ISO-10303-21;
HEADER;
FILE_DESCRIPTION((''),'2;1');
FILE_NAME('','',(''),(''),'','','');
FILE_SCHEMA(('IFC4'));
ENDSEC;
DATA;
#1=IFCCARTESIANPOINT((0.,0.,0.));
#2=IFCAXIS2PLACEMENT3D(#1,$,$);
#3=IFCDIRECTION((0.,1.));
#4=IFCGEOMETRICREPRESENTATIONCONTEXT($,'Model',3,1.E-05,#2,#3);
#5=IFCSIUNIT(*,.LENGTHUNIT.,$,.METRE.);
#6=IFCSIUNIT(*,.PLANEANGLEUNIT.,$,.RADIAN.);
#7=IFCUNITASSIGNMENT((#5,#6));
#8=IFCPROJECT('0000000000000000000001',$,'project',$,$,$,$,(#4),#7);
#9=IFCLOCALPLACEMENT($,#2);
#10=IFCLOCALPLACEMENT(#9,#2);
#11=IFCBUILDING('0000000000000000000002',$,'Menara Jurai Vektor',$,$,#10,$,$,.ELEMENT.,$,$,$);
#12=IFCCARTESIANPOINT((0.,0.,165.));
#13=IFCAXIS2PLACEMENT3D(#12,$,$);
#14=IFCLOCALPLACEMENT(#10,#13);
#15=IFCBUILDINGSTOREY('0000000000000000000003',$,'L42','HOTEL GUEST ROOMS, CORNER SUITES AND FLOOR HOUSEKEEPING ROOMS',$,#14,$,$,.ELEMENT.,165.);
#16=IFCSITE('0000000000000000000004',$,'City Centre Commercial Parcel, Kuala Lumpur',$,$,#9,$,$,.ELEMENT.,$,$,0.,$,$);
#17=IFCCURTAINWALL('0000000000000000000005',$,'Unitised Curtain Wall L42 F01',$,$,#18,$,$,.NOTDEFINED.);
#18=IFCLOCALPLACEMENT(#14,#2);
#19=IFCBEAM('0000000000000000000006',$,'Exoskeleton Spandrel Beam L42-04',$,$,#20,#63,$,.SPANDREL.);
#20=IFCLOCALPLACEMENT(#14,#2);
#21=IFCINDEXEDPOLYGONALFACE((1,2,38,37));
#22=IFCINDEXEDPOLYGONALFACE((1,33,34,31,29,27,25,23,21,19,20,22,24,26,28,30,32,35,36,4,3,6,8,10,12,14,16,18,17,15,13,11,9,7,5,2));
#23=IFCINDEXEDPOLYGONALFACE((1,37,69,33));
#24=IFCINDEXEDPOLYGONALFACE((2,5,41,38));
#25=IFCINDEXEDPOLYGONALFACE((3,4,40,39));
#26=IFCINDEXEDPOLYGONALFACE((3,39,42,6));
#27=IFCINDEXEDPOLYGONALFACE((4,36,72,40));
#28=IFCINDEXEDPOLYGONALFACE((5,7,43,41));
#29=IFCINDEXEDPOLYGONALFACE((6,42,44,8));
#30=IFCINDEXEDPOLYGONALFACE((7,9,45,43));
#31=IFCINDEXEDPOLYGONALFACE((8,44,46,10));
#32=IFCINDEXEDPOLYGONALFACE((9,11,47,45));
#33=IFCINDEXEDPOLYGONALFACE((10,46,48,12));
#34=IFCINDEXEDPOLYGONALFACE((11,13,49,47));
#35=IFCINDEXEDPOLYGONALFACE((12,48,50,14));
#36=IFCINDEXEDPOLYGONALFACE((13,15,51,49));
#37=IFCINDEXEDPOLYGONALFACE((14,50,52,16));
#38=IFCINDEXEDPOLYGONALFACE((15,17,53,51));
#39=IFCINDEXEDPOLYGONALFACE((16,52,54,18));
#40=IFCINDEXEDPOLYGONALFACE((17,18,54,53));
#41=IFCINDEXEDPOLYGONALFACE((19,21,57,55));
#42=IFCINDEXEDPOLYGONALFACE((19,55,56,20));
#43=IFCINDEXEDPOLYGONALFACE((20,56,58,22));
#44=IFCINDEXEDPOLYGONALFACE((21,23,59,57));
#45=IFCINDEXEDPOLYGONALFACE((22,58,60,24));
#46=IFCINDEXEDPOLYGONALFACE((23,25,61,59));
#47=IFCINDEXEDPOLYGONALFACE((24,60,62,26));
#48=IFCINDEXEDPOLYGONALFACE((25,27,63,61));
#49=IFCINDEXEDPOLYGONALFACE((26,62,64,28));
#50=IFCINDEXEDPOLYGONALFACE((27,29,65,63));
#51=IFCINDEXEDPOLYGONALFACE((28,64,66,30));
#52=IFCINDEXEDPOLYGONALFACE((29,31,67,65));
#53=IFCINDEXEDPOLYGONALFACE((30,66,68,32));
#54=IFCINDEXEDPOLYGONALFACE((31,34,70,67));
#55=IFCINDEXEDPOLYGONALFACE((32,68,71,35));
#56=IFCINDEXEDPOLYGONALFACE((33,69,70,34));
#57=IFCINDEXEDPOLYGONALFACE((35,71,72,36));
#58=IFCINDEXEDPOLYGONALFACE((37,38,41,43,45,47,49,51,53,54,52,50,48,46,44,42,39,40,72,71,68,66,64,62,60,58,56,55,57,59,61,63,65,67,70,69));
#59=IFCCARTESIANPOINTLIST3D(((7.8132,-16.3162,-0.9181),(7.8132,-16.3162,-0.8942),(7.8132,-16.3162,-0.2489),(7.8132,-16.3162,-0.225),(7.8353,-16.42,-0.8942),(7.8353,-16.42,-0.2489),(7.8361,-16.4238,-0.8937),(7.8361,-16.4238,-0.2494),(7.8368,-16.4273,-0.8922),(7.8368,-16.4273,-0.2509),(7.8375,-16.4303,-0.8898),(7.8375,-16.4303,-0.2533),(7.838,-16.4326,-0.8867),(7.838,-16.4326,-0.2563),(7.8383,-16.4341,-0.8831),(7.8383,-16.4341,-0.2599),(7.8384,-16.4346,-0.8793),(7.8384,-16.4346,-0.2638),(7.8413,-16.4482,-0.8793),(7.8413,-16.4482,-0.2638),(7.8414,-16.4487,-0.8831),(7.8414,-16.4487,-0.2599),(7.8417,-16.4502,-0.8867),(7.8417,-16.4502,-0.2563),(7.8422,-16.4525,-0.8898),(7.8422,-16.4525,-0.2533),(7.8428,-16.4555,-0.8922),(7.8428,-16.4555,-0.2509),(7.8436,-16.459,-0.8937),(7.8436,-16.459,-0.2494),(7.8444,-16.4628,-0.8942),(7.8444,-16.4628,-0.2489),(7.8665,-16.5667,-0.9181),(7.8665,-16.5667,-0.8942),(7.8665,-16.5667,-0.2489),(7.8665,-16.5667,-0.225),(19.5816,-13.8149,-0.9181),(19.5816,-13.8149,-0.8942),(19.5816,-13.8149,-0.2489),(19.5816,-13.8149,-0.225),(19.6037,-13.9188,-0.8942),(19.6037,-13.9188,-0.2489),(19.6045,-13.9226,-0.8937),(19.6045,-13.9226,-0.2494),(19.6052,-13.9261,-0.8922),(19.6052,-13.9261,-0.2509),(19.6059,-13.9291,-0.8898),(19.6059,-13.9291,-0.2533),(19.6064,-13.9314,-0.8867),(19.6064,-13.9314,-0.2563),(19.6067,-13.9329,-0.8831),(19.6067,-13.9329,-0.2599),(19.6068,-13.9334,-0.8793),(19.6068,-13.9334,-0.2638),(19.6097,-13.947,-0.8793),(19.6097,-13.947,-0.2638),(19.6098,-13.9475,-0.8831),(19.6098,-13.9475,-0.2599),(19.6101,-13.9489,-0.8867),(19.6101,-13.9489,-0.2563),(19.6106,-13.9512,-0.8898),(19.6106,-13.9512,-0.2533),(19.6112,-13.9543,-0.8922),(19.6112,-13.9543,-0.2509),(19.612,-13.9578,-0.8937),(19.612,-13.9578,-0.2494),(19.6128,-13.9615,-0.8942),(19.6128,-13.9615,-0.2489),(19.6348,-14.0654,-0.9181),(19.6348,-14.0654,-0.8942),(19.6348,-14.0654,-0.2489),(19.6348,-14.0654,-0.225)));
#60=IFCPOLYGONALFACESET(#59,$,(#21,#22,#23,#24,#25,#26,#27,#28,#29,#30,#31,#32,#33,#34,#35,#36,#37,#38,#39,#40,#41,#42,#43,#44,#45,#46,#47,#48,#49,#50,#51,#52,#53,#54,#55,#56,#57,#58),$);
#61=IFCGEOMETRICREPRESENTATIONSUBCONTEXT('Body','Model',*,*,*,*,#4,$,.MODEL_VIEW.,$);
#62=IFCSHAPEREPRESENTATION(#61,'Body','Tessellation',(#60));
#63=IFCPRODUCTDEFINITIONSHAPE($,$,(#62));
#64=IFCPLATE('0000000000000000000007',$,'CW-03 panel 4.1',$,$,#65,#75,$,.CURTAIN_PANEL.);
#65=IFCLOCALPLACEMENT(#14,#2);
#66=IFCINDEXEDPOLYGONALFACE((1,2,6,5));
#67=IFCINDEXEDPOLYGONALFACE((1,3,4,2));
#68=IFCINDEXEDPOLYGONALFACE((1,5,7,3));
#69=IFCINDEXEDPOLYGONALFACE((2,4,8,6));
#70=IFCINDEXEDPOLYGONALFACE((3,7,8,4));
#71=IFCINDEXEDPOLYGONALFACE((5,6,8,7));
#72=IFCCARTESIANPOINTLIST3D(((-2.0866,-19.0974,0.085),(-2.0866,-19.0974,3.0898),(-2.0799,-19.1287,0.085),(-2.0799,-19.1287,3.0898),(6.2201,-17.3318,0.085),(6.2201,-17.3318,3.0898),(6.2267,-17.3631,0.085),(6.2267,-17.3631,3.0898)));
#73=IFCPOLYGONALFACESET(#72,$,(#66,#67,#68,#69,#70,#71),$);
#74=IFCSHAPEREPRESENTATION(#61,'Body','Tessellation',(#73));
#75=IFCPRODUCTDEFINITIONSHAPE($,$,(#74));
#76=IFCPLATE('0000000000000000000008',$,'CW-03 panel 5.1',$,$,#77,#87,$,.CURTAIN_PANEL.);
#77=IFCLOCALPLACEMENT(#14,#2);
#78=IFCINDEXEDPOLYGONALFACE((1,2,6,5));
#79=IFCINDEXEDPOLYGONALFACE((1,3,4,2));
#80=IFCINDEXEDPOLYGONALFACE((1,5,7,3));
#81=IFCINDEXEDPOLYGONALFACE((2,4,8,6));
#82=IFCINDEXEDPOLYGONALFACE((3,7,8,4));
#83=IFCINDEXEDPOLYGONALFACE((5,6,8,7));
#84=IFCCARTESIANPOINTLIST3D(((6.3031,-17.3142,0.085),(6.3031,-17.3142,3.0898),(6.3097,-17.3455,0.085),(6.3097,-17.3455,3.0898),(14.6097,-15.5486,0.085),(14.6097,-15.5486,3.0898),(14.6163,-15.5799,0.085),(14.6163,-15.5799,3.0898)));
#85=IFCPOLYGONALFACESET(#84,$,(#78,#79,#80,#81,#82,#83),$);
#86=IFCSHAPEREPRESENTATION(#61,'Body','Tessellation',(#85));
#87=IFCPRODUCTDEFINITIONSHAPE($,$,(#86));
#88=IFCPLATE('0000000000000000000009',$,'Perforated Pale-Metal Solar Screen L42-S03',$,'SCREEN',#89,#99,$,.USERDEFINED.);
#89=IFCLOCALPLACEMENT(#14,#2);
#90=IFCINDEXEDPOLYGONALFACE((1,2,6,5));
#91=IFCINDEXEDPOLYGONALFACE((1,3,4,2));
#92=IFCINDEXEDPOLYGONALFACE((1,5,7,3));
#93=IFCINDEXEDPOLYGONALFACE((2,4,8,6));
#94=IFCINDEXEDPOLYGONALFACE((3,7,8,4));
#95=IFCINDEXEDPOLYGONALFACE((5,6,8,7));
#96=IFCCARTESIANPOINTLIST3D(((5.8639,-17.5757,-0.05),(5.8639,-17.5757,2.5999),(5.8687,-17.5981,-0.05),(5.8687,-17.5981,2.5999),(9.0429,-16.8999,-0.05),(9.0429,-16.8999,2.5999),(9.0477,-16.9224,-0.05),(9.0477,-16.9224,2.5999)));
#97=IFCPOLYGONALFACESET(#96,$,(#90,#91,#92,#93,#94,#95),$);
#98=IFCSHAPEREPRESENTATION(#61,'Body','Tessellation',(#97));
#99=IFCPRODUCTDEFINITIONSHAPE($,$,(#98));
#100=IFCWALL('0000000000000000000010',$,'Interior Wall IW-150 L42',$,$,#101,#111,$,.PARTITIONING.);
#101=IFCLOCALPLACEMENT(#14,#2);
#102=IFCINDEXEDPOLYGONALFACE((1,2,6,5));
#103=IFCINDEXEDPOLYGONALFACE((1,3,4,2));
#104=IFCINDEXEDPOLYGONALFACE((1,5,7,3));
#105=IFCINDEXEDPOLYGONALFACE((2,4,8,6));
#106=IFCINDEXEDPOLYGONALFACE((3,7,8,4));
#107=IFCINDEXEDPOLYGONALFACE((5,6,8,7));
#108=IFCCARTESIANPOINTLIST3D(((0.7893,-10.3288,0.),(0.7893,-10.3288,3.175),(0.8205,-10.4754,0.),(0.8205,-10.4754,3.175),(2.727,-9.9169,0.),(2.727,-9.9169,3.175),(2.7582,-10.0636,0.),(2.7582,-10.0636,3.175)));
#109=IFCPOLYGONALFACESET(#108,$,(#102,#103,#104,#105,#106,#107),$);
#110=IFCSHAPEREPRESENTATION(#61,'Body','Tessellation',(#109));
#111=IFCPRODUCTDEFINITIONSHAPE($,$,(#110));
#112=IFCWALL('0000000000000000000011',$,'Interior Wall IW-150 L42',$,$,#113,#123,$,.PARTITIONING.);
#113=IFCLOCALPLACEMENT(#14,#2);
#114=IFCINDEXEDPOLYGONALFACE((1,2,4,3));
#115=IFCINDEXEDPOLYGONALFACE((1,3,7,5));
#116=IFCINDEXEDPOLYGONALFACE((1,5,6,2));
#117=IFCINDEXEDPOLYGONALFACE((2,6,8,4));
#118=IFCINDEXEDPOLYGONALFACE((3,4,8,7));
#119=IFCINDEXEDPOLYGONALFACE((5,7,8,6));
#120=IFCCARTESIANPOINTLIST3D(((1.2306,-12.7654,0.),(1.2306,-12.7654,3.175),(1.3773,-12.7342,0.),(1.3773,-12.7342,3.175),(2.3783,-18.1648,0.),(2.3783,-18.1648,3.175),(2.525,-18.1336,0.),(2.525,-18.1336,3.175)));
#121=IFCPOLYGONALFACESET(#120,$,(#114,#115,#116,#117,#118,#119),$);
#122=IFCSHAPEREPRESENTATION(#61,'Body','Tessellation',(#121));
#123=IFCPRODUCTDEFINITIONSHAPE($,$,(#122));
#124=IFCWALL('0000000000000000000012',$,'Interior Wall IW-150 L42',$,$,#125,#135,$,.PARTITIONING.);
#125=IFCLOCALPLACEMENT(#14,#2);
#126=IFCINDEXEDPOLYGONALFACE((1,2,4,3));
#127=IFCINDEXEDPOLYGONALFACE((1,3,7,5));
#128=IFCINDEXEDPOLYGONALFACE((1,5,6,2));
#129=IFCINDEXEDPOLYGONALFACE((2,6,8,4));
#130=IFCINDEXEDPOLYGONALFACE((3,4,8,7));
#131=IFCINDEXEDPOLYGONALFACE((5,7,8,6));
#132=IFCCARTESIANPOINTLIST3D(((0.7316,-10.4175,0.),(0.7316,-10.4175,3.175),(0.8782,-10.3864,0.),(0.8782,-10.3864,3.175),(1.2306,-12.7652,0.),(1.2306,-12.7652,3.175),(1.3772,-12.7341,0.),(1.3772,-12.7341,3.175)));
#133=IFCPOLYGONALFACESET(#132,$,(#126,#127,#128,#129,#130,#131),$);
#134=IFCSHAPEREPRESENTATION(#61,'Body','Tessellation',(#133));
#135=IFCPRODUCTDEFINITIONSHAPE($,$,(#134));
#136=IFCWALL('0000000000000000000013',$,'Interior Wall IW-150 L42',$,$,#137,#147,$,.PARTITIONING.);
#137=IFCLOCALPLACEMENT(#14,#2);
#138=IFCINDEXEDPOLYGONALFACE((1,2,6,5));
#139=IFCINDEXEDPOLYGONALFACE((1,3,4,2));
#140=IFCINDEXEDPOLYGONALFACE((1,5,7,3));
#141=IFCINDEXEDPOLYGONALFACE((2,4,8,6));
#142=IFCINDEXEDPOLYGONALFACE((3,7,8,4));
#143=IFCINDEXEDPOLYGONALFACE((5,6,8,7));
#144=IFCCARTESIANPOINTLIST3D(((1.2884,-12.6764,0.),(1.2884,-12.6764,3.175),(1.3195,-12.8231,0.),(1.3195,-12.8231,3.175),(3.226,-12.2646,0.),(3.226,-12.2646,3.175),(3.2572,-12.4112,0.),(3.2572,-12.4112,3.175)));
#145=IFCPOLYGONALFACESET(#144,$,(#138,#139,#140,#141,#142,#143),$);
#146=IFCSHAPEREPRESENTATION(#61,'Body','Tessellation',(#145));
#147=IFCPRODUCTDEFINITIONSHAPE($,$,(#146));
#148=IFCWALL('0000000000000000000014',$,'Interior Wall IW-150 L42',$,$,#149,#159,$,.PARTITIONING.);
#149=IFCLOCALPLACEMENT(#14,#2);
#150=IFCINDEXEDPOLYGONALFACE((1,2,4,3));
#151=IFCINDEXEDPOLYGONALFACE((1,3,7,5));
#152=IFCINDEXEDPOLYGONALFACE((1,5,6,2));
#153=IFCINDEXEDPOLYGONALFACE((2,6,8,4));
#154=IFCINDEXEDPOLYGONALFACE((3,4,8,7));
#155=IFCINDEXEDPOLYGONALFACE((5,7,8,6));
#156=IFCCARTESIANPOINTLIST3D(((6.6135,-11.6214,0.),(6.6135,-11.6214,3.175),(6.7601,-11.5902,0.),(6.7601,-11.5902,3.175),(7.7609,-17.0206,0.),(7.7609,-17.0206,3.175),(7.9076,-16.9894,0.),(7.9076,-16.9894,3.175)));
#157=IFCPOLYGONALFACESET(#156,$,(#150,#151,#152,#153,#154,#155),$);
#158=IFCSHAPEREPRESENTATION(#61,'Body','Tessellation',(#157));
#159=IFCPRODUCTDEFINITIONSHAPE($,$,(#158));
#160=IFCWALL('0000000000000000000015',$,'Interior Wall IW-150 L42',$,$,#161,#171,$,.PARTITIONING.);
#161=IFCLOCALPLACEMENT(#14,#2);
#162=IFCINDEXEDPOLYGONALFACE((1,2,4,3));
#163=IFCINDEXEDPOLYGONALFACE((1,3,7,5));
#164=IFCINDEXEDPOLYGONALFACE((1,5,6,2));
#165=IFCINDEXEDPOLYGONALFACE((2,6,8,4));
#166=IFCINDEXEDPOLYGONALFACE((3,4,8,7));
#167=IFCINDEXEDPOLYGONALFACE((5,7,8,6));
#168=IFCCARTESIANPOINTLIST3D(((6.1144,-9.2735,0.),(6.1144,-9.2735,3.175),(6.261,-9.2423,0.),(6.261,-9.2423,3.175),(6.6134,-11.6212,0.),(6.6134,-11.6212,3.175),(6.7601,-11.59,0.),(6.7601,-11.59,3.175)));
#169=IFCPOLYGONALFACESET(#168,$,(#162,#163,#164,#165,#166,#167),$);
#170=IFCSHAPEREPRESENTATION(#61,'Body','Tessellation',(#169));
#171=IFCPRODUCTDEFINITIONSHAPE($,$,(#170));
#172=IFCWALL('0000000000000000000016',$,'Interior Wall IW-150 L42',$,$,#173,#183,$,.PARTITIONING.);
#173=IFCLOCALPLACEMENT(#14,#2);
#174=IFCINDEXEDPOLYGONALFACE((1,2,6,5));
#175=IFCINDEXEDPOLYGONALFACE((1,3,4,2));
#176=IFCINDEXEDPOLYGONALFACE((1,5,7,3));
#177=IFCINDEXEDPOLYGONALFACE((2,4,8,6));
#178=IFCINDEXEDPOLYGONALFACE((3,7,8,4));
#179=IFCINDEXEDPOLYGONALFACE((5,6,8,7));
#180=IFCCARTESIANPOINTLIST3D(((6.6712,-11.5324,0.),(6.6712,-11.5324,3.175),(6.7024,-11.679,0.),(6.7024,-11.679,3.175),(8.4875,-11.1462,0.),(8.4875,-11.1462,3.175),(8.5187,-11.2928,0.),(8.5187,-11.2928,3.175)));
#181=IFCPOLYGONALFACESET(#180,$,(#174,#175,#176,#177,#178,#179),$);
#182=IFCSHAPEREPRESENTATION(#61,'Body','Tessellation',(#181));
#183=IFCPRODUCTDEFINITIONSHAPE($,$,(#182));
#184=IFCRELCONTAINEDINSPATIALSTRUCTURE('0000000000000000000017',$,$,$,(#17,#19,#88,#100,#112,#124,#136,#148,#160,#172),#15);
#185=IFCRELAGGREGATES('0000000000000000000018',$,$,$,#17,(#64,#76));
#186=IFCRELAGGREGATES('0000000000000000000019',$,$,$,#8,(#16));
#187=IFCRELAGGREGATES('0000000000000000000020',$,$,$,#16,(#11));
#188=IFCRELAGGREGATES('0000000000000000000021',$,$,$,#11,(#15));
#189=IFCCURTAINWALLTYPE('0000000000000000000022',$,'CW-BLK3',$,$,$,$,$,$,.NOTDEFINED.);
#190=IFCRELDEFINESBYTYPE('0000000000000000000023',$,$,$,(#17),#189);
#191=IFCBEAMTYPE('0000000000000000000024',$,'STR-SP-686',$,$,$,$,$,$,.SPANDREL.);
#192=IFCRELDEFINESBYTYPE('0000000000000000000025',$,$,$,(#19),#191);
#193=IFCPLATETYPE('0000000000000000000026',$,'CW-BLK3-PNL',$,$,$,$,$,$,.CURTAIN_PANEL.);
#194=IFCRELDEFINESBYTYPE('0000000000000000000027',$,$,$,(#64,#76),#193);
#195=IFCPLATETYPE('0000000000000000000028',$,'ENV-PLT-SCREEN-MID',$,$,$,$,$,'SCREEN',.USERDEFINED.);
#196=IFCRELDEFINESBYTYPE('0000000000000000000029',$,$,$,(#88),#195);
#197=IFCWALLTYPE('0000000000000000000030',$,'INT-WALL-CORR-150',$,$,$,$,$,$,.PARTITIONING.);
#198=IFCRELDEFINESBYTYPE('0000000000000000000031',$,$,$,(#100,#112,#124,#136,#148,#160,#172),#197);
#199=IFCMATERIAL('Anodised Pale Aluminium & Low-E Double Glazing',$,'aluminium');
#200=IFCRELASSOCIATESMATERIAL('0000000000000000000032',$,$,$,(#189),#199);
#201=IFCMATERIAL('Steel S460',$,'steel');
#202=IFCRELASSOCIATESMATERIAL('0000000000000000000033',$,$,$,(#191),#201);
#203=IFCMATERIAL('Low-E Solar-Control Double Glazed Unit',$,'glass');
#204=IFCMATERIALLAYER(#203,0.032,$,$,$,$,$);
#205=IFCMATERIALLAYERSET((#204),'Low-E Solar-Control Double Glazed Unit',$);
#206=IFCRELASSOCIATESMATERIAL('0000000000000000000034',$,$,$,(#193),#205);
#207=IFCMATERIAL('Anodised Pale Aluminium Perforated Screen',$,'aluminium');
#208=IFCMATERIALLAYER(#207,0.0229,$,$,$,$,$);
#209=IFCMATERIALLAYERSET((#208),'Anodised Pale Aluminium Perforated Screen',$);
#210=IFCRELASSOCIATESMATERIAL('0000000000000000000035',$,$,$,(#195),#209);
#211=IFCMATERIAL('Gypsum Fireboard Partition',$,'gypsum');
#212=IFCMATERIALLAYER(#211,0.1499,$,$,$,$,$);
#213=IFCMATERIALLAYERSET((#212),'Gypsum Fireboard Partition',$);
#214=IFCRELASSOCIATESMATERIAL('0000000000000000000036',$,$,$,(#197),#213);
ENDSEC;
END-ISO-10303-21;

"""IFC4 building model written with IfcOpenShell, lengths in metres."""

from ifc_helpers import new_model, si_unit, direction, frame, frame_2d, origin, origin_2d, place, context, subcontext, project, spatial, rectangle, i_section, extrude, material, layer, layer_set, material_profile, profile_set, type_object, element, aggregate, save


model = new_model("IFC4")

# Units and contexts
model_context = context("Model", 3, precision=1e-05, world=origin(), true_north=direction((0.0, 1.0)))
body_context = subcontext(model_context, "Body", "Model", "MODEL_VIEW")
ifc_project = project(units=[si_unit("LENGTHUNIT", "METRE"), si_unit("PLANEANGLEUNIT", "RADIAN")], contexts=[model_context])

# Site, building, storey
site_placement = place(None, origin())
site = spatial("IfcSite", under=ifc_project, at=site_placement, Name="City Centre Commercial Parcel, Kuala Lumpur", CompositionType="ELEMENT", RefElevation=0.0)
building_placement = place(site_placement, origin())
building = spatial("IfcBuilding", under=site, at=building_placement, Name="Menara Jurai Vektor", CompositionType="ELEMENT")
storey_placement = place(building_placement, frame((0.0, 0.0, 165.0)))
storey = spatial("IfcBuildingStorey", under=building, at=storey_placement, Name="L42", Description="HOTEL GUEST ROOMS, CORNER SUITES AND FLOOR HOUSEKEEPING ROOMS", CompositionType="ELEMENT", Elevation=165.0)

# Shared definitions
ifc_material_1 = material(Name="Steel S460", Category="steel")

# Curtain wall
ifc_material_2 = material(Name="Anodised Pale Aluminium & Low-E Double Glazing", Category="aluminium")
curtain_wall_type = type_object("IfcCurtainWallType", Name="CW-BLK3", PredefinedType="NOTDEFINED", material=ifc_material_2)
curtain_wall_placement = place(storey_placement, origin())
curtain_wall = element("IfcCurtainWall", 1, at=curtain_wall_placement, inside=storey, type_object=curtain_wall_type, Name="Unitised Curtain Wall L42 F01", PredefinedType="NOTDEFINED")

# Beam
ifc_material_profile_1 = material_profile(ifc_material_1, i_section(OverallWidth=0.2561, OverallDepth=0.6931, WebThickness=0.0139, FlangeThickness=0.0239, FilletRadius=0.0149, at=origin_2d()), Name="UKB 686x254x170")
ifc_profile_set_1 = profile_set([ifc_material_profile_1], Name="Steel S460")
beam_type_1 = type_object("IfcBeamType", Name="STR-SP-686", PredefinedType="SPANDREL", material=ifc_profile_set_1)
beam_1_placement = place(storey_placement, frame((7.8398, -16.4414, -0.5715), z_axis=(0.978151, 0.207895, 0.0), x_axis=(-0.207895, 0.978151, 0.0)))
element("IfcBeam", 2, at=beam_1_placement, inside=storey, type_object=beam_type_1, Name="Exoskeleton Spandrel Beam L42-04", PredefinedType="SPANDREL", context=body_context, shape_type="SweptSolid", body=[
    extrude(i_section(OverallWidth=0.2561, OverallDepth=0.6931, WebThickness=0.0139, FlangeThickness=0.0239, FilletRadius=0.0149, at=origin_2d()), origin(), (0.0, 0.0, 1.0), 12.0312),
])

# Plates
ifc_material_3 = material(Name="Low-E Solar-Control Double Glazed Unit", Category="glass")
ifc_layer_1 = layer(ifc_material_3, 0.032)
ifc_layer_set_1 = layer_set([ifc_layer_1], Name="Low-E Solar-Control Double Glazed Unit")
plate_type_1 = type_object("IfcPlateType", Name="CW-BLK3-PNL", PredefinedType="CURTAIN_PANEL", material=ifc_layer_set_1)
plate_1_placement = place(storey_placement, frame((2.0701, -18.2302, 0.085), z_axis=(0.0, 0.0, 1.0), x_axis=(0.978148, 0.207911, 0.0)))
plate_1 = element("IfcPlate", 3, at=plate_1_placement, type_object=plate_type_1, Name="CW-03 panel 4.1", PredefinedType="CURTAIN_PANEL", context=body_context, shape_type="SweptSolid", body=[
    extrude(rectangle(XDim=8.4922, YDim=0.032, at=origin_2d()), origin(), (0.0, 0.0, 1.0), 3.0049),
])
plate_2_placement = place(storey_placement, frame((10.4597, -16.447, 0.085), z_axis=(0.0, 0.0, 1.0), x_axis=(0.978148, 0.207911, 0.0)))
plate_2 = element("IfcPlate", 4, at=plate_2_placement, type_object=plate_type_1, Name="CW-03 panel 5.1", PredefinedType="CURTAIN_PANEL", context=body_context, shape_type="SweptSolid", body=[
    extrude(rectangle(XDim=8.4922, YDim=0.032, at=origin_2d()), origin(), (0.0, 0.0, 1.0), 3.0049),
])
aggregate(curtain_wall, [plate_1, plate_2])
ifc_material_4 = material(Name="Anodised Pale Aluminium Perforated Screen", Category="aluminium")
ifc_layer_2 = layer(ifc_material_4, 0.0229)
ifc_layer_set_2 = layer_set([ifc_layer_2], Name="Anodised Pale Aluminium Perforated Screen")
plate_type_2 = type_object("IfcPlateType", Name="ENV-PLT-SCREEN-MID", ElementType="SCREEN", PredefinedType="USERDEFINED", material=ifc_layer_set_2)
plate_3_placement = place(storey_placement, frame((7.4558, -17.249, -0.05), z_axis=(0.0, 0.0, 1.0), x_axis=(0.978148, 0.207912, 0.0)))
element("IfcPlate", 5, at=plate_3_placement, inside=storey, type_object=plate_type_2, Name="Perforated Pale-Metal Solar Screen L42-S03", ObjectType="SCREEN", PredefinedType="USERDEFINED", context=body_context, shape_type="SweptSolid", body=[
    extrude(rectangle(XDim=3.25, YDim=0.0229, at=origin_2d()), origin(), (0.0, 0.0, 1.0), 2.6499),
])

# Shared definitions
ifc_material_5 = material(Name="Gypsum Fireboard Partition", Category="gypsum")
ifc_layer_3 = layer(ifc_material_5, 0.1499)
ifc_layer_set_3 = layer_set([ifc_layer_3], Name="Gypsum Fireboard Partition")
wall_type_1 = type_object("IfcWallType", Name="INT-WALL-CORR-150", PredefinedType="PARTITIONING", material=ifc_layer_set_3)

# Wall
wall_1_placement = place(storey_placement, frame((0.8049, -10.4021, 0.0), z_axis=(0.0, 0.0, 1.0), x_axis=(0.978149, 0.207904, 0.0)))
element("IfcWall", 6, at=wall_1_placement, inside=storey, type_object=wall_type_1, Name="Interior Wall IW-150 L42", PredefinedType="PARTITIONING", context=body_context, shape_type="SweptSolid", body=[
    extrude(rectangle(XDim=1.981, YDim=0.1499, at=frame_2d((0.9905, 0.0))), origin(), (0.0, 0.0, 1.0), 3.175),
])

# Walls
wall_2_placement = place(storey_placement, frame((2.4517, -18.1492, 0.0), z_axis=(0.0, 0.0, 1.0), x_axis=(-0.207916, 0.978147, 0.0)))
element("IfcWall", 7, at=wall_2_placement, inside=storey, type_object=wall_type_1, Name="Interior Wall IW-150 L42", PredefinedType="PARTITIONING", context=body_context, shape_type="SweptSolid", body=[
    extrude(rectangle(XDim=5.52, YDim=0.1499, at=frame_2d((2.76, 0.0))), origin(), (0.0, 0.0, 1.0), 3.175),
])
wall_3_placement = place(storey_placement, frame((1.304, -12.7498, 0.0), z_axis=(0.0, 0.0, 1.0), x_axis=(-0.207917, 0.978146, 0.0)))
element("IfcWall", 8, at=wall_3_placement, inside=storey, type_object=wall_type_1, Name="Interior Wall IW-150 L42", PredefinedType="PARTITIONING", context=body_context, shape_type="SweptSolid", body=[
    extrude(rectangle(XDim=2.4001, YDim=0.1499, at=frame_2d((1.2002, 0.0))), origin(), (0.0, 0.0, 1.0), 3.175),
])
wall_4_placement = place(storey_placement, frame((1.304, -12.7498, 0.0), z_axis=(0.0, 0.0, 1.0), x_axis=(0.978149, 0.207904, 0.0)))
element("IfcWall", 9, at=wall_4_placement, inside=storey, type_object=wall_type_1, Name="Interior Wall IW-150 L42", PredefinedType="PARTITIONING", context=body_context, shape_type="SweptSolid", body=[
    extrude(rectangle(XDim=1.981, YDim=0.1499, at=frame_2d((0.9905, 0.0))), origin(), (0.0, 0.0, 1.0), 3.175),
])

# Walls
wall_5_placement = place(storey_placement, frame((7.8342, -17.0049, 0.0), z_axis=(0.0, 0.0, 1.0), x_axis=(-0.207883, 0.978154, 0.0)))
element("IfcWall", 10, at=wall_5_placement, inside=storey, type_object=wall_type_1, Name="Interior Wall IW-150 L42", PredefinedType="PARTITIONING", context=body_context, shape_type="SweptSolid", body=[
    extrude(rectangle(XDim=5.5198, YDim=0.1499, at=frame_2d((2.7598, 0.0))), origin(), (0.0, 0.0, 1.0), 3.175),
])
wall_6_placement = place(storey_placement, frame((6.6868, -11.6057, 0.0), z_axis=(0.0, 0.0, 1.0), x_axis=(-0.207917, 0.978146, 0.0)))
element("IfcWall", 11, at=wall_6_placement, inside=storey, type_object=wall_type_1, Name="Interior Wall IW-150 L42", PredefinedType="PARTITIONING", context=body_context, shape_type="SweptSolid", body=[
    extrude(rectangle(XDim=2.4001, YDim=0.1499, at=frame_2d((1.2002, 0.0))), origin(), (0.0, 0.0, 1.0), 3.175),
])
wall_7_placement = place(storey_placement, frame((6.6868, -11.6057, 0.0), z_axis=(0.0, 0.0, 1.0), x_axis=(0.978132, 0.207985, 0.0)))
element("IfcWall", 12, at=wall_7_placement, inside=storey, type_object=wall_type_1, Name="Interior Wall IW-150 L42", PredefinedType="PARTITIONING", context=body_context, shape_type="SweptSolid", body=[
    extrude(rectangle(XDim=1.8569, YDim=0.1499, at=frame_2d((0.9285, 0.0))), origin(), (0.0, 0.0, 1.0), 3.175),
])

save(model, "model.ifc")
